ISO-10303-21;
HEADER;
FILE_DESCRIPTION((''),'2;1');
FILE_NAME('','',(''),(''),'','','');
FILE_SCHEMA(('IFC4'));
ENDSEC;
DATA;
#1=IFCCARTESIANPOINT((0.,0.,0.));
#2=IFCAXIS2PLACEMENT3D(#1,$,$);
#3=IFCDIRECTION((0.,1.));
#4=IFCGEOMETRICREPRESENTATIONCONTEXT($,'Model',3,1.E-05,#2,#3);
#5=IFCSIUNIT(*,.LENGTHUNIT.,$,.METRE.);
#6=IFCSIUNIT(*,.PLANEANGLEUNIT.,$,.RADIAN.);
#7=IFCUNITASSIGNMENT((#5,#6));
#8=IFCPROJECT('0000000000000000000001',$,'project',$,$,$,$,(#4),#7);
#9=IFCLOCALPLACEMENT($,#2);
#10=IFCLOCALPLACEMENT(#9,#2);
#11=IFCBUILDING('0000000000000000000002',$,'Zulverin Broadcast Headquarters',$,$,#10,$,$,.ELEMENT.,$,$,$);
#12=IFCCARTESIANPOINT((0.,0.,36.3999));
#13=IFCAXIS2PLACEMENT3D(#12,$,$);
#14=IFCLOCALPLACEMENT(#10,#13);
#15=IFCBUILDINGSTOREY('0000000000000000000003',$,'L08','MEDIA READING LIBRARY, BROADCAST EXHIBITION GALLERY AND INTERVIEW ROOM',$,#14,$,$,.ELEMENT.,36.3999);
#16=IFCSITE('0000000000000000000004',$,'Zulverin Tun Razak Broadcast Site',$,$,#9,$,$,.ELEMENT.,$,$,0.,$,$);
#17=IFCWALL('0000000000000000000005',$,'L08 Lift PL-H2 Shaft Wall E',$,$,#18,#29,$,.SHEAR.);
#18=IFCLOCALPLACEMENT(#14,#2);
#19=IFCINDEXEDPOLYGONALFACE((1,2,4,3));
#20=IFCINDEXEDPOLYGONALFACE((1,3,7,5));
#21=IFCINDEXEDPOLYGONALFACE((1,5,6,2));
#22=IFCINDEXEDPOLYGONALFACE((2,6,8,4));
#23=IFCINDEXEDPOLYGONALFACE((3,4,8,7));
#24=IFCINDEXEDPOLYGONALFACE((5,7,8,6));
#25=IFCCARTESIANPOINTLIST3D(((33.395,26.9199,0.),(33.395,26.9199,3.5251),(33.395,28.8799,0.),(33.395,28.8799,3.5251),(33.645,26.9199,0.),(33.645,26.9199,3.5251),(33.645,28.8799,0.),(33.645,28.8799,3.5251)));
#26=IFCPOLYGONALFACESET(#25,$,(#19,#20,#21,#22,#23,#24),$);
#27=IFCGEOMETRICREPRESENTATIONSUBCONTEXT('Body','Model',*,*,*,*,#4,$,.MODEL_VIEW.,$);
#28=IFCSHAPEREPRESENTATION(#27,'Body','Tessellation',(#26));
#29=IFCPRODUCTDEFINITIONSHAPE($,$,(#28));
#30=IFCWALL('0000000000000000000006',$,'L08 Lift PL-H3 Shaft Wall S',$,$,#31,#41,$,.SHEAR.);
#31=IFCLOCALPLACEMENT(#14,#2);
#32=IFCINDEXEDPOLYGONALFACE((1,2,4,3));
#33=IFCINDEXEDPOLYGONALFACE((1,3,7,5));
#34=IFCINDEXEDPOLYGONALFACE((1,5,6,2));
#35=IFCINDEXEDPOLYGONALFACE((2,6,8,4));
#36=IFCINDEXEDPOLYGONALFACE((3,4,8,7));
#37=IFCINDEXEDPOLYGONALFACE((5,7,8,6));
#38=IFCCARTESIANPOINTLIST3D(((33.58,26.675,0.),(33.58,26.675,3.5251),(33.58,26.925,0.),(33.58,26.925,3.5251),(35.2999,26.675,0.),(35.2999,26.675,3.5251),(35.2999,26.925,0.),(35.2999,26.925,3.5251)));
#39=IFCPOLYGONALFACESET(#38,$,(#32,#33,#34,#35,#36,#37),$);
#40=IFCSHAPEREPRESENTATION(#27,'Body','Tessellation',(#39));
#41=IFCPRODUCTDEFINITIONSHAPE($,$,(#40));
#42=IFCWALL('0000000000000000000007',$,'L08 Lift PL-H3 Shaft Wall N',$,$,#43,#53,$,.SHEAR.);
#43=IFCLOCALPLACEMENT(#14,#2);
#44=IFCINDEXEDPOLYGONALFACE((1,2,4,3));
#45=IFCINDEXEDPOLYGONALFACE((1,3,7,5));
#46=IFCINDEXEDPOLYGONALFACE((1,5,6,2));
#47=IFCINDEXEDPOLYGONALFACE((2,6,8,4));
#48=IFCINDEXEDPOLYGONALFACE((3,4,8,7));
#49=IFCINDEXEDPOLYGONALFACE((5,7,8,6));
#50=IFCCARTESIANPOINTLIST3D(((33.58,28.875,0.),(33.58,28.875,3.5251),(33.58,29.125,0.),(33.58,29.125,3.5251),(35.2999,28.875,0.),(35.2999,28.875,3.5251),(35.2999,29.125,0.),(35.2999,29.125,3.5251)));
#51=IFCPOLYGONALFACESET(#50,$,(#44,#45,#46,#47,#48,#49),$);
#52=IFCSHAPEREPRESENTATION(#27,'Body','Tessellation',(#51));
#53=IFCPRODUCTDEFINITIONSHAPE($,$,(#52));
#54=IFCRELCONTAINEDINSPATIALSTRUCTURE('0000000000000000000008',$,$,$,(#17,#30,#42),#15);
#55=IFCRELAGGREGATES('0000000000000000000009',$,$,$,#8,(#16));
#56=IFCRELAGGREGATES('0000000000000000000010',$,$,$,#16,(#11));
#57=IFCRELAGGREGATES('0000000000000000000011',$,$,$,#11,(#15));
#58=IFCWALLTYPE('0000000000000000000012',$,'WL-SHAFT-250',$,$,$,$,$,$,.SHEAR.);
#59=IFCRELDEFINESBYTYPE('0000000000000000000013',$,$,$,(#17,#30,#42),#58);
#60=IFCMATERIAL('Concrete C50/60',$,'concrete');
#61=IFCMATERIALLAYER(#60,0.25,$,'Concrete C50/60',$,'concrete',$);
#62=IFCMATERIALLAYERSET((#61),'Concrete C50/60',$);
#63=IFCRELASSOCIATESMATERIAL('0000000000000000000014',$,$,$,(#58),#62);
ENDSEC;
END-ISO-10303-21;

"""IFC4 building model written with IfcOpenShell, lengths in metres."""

from ifc_helpers import new_model, si_unit, direction, frame, frame_2d, origin, place, context, subcontext, project, spatial, rectangle, extrude, material, layer, layer_set, type_object, element, save


model = new_model("IFC4")

# Units and contexts
model_context = context("Model", 3, precision=1e-05, world=origin(), true_north=direction((0.0, 1.0)))
body_context = subcontext(model_context, "Body", "Model", "MODEL_VIEW")
ifc_project = project(units=[si_unit("LENGTHUNIT", "METRE"), si_unit("PLANEANGLEUNIT", "RADIAN")], contexts=[model_context])

# Site, building, storey
site_placement = place(None, origin())
site = spatial("IfcSite", under=ifc_project, at=site_placement, Name="Zulverin Tun Razak Broadcast Site", CompositionType="ELEMENT", RefElevation=0.0)
building_placement = place(site_placement, origin())
building = spatial("IfcBuilding", under=site, at=building_placement, Name="Zulverin Broadcast Headquarters", CompositionType="ELEMENT")
storey_placement = place(building_placement, frame((0.0, 0.0, 36.3999)))
storey = spatial("IfcBuildingStorey", under=building, at=storey_placement, Name="L08", Description="MEDIA READING LIBRARY, BROADCAST EXHIBITION GALLERY AND INTERVIEW ROOM", CompositionType="ELEMENT", Elevation=36.3999)

# Walls
ifc_material_1 = material(Name="Concrete C50/60", Category="concrete")
ifc_layer_1 = layer(ifc_material_1, 0.25, Name="Concrete C50/60", Category="concrete")
ifc_layer_set_1 = layer_set([ifc_layer_1], Name="Concrete C50/60")
wall_type_1 = type_object("IfcWallType", Name="WL-SHAFT-250", PredefinedType="SHEAR", material=ifc_layer_set_1)
wall_1_placement = place(storey_placement, frame((33.52, 26.9199, 0.0), z_axis=(0.0, 0.0, 1.0), x_axis=(0.0, 1.0, 0.0)))
element("IfcWall", 1, at=wall_1_placement, inside=storey, type_object=wall_type_1, Name="L08 Lift PL-H2 Shaft Wall E", PredefinedType="SHEAR", context=body_context, shape_type="SweptSolid", body=[
    extrude(rectangle(XDim=1.96, YDim=0.25, at=frame_2d((0.98, 0.0))), origin(), (0.0, 0.0, 1.0), 3.5251),
])
for number, where, z_axis, x_axis, name in (
    (2, (33.5801, 26.8, 0.0), (0.0, 0.0, 1.0), (1.0, 0.0, 0.0), "L08 Lift PL-H3 Shaft Wall S"),
    (3, (33.5801, 29.0, 0.0), (0.0, 0.0, 1.0), (1.0, 0.0, 0.0), "L08 Lift PL-H3 Shaft Wall N"),
):
    element("IfcWall", number, at=place(storey_placement, frame(where, z_axis=z_axis, x_axis=x_axis)), inside=storey, type_object=wall_type_1, Name=name, PredefinedType="SHEAR", context=body_context, shape_type="SweptSolid", body=[
        extrude(rectangle(XDim=1.72, YDim=0.25, at=frame_2d((0.8599, 0.0))), origin(), (0.0, 0.0, 1.0), 3.5251),
    ])

save(model, "model.ifc")
